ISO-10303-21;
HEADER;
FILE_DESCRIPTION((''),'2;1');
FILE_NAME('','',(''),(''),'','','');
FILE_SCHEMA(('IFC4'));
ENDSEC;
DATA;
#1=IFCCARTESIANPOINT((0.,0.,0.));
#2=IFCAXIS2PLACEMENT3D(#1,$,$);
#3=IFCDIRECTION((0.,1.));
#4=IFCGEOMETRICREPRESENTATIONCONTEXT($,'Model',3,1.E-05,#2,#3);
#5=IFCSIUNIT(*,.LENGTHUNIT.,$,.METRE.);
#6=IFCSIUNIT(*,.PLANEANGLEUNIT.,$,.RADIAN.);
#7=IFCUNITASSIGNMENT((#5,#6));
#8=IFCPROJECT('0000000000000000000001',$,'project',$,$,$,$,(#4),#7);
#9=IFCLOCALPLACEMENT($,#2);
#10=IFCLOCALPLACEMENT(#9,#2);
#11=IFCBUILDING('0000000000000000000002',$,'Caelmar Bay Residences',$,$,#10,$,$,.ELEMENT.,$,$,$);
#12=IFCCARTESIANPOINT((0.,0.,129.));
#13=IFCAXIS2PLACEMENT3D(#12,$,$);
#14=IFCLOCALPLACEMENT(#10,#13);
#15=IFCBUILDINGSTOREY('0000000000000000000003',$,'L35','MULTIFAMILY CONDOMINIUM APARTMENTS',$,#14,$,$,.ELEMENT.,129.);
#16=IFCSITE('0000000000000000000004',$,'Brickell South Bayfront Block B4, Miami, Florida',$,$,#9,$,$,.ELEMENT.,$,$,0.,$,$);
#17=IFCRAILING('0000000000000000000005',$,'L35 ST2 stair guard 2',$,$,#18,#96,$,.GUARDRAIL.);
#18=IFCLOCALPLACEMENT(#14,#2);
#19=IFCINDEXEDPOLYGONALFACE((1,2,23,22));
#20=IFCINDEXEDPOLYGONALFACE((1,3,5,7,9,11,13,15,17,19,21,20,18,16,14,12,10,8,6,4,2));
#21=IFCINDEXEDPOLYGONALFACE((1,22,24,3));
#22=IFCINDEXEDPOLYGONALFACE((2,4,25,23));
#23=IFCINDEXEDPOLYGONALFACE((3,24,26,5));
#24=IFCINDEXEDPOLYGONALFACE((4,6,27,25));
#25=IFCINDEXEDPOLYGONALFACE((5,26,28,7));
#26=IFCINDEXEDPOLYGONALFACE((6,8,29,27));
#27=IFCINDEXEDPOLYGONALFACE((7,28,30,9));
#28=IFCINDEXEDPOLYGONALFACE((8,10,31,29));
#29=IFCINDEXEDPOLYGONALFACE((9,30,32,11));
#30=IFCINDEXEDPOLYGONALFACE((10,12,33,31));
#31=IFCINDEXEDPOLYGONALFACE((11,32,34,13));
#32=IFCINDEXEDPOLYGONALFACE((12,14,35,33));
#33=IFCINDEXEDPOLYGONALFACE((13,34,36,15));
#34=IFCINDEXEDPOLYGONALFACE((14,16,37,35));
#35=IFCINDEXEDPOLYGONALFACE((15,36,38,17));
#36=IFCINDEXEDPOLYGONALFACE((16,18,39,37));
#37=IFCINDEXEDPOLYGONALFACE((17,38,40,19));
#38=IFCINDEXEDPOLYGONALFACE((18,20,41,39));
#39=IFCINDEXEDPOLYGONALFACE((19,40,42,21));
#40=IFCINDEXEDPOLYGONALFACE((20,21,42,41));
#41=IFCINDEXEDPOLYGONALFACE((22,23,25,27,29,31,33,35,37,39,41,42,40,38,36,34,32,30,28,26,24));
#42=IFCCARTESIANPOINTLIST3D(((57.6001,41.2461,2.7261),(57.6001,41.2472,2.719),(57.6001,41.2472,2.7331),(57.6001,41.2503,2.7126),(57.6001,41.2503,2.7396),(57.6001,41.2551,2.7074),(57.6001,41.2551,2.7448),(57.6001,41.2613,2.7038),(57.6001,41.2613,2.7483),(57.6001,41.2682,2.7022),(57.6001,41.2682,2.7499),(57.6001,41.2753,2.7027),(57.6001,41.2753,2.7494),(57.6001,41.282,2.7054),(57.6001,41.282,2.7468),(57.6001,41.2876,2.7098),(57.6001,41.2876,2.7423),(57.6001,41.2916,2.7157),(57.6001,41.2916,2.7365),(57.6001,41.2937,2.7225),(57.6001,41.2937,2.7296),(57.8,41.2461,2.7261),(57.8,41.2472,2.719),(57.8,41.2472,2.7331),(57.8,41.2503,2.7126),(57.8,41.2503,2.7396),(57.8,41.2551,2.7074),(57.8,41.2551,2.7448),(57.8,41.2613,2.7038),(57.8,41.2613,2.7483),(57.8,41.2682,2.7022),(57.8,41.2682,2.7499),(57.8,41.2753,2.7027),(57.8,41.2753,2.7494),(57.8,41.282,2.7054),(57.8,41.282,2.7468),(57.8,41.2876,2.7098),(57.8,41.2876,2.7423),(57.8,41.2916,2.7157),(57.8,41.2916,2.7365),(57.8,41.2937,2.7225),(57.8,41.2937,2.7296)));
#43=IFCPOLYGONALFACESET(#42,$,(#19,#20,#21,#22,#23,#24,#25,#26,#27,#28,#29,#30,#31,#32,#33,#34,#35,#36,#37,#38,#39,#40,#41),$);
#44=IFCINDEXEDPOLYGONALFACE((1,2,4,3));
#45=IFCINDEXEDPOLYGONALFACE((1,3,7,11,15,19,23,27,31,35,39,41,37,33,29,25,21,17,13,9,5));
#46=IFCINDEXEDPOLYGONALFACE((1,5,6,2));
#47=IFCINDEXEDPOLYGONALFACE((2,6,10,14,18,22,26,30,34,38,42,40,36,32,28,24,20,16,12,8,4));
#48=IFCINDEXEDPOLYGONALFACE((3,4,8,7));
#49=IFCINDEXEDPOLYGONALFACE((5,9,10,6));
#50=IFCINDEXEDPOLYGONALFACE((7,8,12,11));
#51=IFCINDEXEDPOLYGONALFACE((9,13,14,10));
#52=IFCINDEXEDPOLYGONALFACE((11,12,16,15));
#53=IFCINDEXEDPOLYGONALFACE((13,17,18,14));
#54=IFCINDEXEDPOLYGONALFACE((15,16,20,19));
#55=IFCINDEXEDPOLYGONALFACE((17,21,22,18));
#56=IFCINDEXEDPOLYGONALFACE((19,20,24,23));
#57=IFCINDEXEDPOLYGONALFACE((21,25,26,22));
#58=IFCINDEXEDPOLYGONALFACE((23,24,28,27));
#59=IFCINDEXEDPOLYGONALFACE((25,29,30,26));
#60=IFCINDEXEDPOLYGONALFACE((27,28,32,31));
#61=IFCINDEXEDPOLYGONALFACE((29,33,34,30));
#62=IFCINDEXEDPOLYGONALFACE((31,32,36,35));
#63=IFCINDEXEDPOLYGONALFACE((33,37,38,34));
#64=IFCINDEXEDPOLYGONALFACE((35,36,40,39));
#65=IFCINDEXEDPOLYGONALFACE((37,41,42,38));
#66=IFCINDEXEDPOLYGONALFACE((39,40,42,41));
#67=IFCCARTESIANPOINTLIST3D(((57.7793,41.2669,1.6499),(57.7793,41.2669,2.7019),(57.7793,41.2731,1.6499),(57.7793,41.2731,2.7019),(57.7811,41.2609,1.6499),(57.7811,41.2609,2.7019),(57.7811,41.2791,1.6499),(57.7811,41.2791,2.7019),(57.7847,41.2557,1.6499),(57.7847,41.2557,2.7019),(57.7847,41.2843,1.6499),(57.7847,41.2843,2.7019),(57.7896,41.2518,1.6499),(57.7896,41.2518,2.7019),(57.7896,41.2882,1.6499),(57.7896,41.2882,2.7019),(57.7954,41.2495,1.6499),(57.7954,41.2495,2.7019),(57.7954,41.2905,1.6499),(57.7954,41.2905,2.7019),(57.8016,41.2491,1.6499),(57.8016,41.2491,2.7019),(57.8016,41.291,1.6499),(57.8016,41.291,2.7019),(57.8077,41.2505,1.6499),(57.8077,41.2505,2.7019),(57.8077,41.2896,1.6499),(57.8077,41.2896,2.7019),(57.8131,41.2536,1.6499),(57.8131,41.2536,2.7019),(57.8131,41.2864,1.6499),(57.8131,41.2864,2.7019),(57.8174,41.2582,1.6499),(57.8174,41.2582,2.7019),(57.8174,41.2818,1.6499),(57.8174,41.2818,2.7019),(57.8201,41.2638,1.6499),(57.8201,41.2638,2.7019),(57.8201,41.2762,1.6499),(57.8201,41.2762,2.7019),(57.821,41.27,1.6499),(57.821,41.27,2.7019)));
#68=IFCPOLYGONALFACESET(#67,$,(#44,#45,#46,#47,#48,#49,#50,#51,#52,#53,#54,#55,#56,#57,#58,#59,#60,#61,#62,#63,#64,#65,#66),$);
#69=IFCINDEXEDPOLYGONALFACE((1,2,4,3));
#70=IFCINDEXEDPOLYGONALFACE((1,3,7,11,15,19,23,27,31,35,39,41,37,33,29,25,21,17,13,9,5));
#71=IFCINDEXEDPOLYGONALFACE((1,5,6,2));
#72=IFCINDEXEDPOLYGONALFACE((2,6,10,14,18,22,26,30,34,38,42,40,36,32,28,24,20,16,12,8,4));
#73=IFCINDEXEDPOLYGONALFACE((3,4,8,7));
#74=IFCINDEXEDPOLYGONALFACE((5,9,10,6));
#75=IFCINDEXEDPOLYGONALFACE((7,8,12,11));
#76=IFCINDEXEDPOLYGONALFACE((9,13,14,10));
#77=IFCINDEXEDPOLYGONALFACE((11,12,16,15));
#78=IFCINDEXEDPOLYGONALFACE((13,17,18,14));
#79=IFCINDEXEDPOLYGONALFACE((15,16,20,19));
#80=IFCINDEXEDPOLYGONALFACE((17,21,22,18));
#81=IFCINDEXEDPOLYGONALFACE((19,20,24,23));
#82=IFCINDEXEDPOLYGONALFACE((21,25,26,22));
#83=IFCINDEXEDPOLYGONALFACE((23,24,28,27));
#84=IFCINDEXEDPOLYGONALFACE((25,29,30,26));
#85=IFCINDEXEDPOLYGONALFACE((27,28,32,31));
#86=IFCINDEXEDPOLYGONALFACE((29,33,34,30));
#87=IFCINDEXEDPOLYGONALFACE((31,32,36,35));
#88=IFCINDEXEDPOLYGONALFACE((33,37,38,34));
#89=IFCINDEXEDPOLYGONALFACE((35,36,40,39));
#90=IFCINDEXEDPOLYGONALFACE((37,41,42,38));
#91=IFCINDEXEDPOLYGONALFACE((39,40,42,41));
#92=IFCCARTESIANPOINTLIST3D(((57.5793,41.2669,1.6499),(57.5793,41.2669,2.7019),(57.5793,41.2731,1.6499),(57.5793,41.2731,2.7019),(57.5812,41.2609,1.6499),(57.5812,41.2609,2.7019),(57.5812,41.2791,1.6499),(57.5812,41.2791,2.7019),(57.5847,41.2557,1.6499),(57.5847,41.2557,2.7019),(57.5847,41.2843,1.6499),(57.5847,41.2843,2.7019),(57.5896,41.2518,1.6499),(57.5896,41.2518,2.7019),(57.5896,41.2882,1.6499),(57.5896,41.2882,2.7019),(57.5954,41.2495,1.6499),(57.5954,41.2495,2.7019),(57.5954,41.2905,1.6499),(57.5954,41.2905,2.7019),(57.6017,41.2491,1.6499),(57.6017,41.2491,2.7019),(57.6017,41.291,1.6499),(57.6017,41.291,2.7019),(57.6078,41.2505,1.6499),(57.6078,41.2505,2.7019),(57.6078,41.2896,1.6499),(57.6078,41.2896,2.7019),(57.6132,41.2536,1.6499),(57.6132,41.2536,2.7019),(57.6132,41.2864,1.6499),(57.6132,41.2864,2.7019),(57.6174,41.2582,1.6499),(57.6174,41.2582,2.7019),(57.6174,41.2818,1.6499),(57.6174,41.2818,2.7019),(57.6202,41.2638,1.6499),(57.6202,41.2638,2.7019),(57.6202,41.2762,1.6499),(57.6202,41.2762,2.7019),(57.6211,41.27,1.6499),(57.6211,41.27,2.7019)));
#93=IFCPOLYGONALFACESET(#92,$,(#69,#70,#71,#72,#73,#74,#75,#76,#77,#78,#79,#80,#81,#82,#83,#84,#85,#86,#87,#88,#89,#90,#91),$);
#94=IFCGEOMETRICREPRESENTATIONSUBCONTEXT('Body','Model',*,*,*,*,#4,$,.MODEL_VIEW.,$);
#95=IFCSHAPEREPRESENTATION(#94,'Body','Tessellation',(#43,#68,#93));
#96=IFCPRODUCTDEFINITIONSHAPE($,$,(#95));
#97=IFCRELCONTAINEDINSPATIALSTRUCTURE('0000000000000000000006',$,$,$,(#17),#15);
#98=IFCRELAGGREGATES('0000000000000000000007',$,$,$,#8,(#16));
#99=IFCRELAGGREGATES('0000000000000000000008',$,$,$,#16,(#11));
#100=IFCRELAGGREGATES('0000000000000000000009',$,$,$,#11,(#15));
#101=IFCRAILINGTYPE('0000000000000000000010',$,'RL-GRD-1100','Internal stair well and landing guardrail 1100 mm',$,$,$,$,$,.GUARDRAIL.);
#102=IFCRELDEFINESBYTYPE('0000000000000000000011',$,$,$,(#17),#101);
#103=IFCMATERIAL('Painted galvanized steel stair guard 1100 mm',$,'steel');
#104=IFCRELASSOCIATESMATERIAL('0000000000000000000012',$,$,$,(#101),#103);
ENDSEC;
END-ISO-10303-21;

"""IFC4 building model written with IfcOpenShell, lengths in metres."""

from ifc_helpers import new_model, si_unit, direction, frame, origin, origin_2d, place, context, subcontext, project, spatial, circle, extrude, material, type_object, element, save


model = new_model("IFC4")

# Units and contexts
model_context = context("Model", 3, precision=1e-05, world=origin(), true_north=direction((0.0, 1.0)))
body_context = subcontext(model_context, "Body", "Model", "MODEL_VIEW")
ifc_project = project(units=[si_unit("LENGTHUNIT", "METRE"), si_unit("PLANEANGLEUNIT", "RADIAN")], contexts=[model_context])

# Site, building, storey
site_placement = place(None, origin())
site = spatial("IfcSite", under=ifc_project, at=site_placement, Name="Brickell South Bayfront Block B4, Miami, Florida", CompositionType="ELEMENT", RefElevation=0.0)
building_placement = place(site_placement, origin())
building = spatial("IfcBuilding", under=site, at=building_placement, Name="Caelmar Bay Residences", CompositionType="ELEMENT")
storey_placement = place(building_placement, frame((0.0, 0.0, 129.0)))
storey = spatial("IfcBuildingStorey", under=building, at=storey_placement, Name="L35", Description="MULTIFAMILY CONDOMINIUM APARTMENTS", CompositionType="ELEMENT", Elevation=129.0)

# Railing
ifc_material_1 = material(Name="Painted galvanized steel stair guard 1100 mm", Category="steel")
railing_type_1 = type_object("IfcRailingType", Name="RL-GRD-1100", Description="Internal stair well and landing guardrail 1100 mm", PredefinedType="GUARDRAIL", material=ifc_material_1)
railing_1_placement = place(storey_placement, frame((57.8, 41.27, 1.6499)))
element("IfcRailing", 1, at=railing_1_placement, inside=storey, type_object=railing_type_1, Name="L35 ST2 stair guard 2", PredefinedType="GUARDRAIL", context=body_context, shape_type="SweptSolid", body=[
    extrude(circle(Radius=0.0239, at=origin_2d()), frame((0.0, 0.0, 1.0762), z_axis=(-1.0, 0.0, 0.0), x_axis=(0.0, -1.0, 0.0)), (0.0, 0.0, 1.0), 0.2),
    extrude(circle(Radius=0.021, at=origin_2d()), origin(), (0.0, 0.0, 1.0), 1.052),
    extrude(circle(Radius=0.021, at=origin_2d()), frame((-0.2, 0.0, 0.0)), (0.0, 0.0, 1.0), 1.052),
])

save(model, "model.ifc")
